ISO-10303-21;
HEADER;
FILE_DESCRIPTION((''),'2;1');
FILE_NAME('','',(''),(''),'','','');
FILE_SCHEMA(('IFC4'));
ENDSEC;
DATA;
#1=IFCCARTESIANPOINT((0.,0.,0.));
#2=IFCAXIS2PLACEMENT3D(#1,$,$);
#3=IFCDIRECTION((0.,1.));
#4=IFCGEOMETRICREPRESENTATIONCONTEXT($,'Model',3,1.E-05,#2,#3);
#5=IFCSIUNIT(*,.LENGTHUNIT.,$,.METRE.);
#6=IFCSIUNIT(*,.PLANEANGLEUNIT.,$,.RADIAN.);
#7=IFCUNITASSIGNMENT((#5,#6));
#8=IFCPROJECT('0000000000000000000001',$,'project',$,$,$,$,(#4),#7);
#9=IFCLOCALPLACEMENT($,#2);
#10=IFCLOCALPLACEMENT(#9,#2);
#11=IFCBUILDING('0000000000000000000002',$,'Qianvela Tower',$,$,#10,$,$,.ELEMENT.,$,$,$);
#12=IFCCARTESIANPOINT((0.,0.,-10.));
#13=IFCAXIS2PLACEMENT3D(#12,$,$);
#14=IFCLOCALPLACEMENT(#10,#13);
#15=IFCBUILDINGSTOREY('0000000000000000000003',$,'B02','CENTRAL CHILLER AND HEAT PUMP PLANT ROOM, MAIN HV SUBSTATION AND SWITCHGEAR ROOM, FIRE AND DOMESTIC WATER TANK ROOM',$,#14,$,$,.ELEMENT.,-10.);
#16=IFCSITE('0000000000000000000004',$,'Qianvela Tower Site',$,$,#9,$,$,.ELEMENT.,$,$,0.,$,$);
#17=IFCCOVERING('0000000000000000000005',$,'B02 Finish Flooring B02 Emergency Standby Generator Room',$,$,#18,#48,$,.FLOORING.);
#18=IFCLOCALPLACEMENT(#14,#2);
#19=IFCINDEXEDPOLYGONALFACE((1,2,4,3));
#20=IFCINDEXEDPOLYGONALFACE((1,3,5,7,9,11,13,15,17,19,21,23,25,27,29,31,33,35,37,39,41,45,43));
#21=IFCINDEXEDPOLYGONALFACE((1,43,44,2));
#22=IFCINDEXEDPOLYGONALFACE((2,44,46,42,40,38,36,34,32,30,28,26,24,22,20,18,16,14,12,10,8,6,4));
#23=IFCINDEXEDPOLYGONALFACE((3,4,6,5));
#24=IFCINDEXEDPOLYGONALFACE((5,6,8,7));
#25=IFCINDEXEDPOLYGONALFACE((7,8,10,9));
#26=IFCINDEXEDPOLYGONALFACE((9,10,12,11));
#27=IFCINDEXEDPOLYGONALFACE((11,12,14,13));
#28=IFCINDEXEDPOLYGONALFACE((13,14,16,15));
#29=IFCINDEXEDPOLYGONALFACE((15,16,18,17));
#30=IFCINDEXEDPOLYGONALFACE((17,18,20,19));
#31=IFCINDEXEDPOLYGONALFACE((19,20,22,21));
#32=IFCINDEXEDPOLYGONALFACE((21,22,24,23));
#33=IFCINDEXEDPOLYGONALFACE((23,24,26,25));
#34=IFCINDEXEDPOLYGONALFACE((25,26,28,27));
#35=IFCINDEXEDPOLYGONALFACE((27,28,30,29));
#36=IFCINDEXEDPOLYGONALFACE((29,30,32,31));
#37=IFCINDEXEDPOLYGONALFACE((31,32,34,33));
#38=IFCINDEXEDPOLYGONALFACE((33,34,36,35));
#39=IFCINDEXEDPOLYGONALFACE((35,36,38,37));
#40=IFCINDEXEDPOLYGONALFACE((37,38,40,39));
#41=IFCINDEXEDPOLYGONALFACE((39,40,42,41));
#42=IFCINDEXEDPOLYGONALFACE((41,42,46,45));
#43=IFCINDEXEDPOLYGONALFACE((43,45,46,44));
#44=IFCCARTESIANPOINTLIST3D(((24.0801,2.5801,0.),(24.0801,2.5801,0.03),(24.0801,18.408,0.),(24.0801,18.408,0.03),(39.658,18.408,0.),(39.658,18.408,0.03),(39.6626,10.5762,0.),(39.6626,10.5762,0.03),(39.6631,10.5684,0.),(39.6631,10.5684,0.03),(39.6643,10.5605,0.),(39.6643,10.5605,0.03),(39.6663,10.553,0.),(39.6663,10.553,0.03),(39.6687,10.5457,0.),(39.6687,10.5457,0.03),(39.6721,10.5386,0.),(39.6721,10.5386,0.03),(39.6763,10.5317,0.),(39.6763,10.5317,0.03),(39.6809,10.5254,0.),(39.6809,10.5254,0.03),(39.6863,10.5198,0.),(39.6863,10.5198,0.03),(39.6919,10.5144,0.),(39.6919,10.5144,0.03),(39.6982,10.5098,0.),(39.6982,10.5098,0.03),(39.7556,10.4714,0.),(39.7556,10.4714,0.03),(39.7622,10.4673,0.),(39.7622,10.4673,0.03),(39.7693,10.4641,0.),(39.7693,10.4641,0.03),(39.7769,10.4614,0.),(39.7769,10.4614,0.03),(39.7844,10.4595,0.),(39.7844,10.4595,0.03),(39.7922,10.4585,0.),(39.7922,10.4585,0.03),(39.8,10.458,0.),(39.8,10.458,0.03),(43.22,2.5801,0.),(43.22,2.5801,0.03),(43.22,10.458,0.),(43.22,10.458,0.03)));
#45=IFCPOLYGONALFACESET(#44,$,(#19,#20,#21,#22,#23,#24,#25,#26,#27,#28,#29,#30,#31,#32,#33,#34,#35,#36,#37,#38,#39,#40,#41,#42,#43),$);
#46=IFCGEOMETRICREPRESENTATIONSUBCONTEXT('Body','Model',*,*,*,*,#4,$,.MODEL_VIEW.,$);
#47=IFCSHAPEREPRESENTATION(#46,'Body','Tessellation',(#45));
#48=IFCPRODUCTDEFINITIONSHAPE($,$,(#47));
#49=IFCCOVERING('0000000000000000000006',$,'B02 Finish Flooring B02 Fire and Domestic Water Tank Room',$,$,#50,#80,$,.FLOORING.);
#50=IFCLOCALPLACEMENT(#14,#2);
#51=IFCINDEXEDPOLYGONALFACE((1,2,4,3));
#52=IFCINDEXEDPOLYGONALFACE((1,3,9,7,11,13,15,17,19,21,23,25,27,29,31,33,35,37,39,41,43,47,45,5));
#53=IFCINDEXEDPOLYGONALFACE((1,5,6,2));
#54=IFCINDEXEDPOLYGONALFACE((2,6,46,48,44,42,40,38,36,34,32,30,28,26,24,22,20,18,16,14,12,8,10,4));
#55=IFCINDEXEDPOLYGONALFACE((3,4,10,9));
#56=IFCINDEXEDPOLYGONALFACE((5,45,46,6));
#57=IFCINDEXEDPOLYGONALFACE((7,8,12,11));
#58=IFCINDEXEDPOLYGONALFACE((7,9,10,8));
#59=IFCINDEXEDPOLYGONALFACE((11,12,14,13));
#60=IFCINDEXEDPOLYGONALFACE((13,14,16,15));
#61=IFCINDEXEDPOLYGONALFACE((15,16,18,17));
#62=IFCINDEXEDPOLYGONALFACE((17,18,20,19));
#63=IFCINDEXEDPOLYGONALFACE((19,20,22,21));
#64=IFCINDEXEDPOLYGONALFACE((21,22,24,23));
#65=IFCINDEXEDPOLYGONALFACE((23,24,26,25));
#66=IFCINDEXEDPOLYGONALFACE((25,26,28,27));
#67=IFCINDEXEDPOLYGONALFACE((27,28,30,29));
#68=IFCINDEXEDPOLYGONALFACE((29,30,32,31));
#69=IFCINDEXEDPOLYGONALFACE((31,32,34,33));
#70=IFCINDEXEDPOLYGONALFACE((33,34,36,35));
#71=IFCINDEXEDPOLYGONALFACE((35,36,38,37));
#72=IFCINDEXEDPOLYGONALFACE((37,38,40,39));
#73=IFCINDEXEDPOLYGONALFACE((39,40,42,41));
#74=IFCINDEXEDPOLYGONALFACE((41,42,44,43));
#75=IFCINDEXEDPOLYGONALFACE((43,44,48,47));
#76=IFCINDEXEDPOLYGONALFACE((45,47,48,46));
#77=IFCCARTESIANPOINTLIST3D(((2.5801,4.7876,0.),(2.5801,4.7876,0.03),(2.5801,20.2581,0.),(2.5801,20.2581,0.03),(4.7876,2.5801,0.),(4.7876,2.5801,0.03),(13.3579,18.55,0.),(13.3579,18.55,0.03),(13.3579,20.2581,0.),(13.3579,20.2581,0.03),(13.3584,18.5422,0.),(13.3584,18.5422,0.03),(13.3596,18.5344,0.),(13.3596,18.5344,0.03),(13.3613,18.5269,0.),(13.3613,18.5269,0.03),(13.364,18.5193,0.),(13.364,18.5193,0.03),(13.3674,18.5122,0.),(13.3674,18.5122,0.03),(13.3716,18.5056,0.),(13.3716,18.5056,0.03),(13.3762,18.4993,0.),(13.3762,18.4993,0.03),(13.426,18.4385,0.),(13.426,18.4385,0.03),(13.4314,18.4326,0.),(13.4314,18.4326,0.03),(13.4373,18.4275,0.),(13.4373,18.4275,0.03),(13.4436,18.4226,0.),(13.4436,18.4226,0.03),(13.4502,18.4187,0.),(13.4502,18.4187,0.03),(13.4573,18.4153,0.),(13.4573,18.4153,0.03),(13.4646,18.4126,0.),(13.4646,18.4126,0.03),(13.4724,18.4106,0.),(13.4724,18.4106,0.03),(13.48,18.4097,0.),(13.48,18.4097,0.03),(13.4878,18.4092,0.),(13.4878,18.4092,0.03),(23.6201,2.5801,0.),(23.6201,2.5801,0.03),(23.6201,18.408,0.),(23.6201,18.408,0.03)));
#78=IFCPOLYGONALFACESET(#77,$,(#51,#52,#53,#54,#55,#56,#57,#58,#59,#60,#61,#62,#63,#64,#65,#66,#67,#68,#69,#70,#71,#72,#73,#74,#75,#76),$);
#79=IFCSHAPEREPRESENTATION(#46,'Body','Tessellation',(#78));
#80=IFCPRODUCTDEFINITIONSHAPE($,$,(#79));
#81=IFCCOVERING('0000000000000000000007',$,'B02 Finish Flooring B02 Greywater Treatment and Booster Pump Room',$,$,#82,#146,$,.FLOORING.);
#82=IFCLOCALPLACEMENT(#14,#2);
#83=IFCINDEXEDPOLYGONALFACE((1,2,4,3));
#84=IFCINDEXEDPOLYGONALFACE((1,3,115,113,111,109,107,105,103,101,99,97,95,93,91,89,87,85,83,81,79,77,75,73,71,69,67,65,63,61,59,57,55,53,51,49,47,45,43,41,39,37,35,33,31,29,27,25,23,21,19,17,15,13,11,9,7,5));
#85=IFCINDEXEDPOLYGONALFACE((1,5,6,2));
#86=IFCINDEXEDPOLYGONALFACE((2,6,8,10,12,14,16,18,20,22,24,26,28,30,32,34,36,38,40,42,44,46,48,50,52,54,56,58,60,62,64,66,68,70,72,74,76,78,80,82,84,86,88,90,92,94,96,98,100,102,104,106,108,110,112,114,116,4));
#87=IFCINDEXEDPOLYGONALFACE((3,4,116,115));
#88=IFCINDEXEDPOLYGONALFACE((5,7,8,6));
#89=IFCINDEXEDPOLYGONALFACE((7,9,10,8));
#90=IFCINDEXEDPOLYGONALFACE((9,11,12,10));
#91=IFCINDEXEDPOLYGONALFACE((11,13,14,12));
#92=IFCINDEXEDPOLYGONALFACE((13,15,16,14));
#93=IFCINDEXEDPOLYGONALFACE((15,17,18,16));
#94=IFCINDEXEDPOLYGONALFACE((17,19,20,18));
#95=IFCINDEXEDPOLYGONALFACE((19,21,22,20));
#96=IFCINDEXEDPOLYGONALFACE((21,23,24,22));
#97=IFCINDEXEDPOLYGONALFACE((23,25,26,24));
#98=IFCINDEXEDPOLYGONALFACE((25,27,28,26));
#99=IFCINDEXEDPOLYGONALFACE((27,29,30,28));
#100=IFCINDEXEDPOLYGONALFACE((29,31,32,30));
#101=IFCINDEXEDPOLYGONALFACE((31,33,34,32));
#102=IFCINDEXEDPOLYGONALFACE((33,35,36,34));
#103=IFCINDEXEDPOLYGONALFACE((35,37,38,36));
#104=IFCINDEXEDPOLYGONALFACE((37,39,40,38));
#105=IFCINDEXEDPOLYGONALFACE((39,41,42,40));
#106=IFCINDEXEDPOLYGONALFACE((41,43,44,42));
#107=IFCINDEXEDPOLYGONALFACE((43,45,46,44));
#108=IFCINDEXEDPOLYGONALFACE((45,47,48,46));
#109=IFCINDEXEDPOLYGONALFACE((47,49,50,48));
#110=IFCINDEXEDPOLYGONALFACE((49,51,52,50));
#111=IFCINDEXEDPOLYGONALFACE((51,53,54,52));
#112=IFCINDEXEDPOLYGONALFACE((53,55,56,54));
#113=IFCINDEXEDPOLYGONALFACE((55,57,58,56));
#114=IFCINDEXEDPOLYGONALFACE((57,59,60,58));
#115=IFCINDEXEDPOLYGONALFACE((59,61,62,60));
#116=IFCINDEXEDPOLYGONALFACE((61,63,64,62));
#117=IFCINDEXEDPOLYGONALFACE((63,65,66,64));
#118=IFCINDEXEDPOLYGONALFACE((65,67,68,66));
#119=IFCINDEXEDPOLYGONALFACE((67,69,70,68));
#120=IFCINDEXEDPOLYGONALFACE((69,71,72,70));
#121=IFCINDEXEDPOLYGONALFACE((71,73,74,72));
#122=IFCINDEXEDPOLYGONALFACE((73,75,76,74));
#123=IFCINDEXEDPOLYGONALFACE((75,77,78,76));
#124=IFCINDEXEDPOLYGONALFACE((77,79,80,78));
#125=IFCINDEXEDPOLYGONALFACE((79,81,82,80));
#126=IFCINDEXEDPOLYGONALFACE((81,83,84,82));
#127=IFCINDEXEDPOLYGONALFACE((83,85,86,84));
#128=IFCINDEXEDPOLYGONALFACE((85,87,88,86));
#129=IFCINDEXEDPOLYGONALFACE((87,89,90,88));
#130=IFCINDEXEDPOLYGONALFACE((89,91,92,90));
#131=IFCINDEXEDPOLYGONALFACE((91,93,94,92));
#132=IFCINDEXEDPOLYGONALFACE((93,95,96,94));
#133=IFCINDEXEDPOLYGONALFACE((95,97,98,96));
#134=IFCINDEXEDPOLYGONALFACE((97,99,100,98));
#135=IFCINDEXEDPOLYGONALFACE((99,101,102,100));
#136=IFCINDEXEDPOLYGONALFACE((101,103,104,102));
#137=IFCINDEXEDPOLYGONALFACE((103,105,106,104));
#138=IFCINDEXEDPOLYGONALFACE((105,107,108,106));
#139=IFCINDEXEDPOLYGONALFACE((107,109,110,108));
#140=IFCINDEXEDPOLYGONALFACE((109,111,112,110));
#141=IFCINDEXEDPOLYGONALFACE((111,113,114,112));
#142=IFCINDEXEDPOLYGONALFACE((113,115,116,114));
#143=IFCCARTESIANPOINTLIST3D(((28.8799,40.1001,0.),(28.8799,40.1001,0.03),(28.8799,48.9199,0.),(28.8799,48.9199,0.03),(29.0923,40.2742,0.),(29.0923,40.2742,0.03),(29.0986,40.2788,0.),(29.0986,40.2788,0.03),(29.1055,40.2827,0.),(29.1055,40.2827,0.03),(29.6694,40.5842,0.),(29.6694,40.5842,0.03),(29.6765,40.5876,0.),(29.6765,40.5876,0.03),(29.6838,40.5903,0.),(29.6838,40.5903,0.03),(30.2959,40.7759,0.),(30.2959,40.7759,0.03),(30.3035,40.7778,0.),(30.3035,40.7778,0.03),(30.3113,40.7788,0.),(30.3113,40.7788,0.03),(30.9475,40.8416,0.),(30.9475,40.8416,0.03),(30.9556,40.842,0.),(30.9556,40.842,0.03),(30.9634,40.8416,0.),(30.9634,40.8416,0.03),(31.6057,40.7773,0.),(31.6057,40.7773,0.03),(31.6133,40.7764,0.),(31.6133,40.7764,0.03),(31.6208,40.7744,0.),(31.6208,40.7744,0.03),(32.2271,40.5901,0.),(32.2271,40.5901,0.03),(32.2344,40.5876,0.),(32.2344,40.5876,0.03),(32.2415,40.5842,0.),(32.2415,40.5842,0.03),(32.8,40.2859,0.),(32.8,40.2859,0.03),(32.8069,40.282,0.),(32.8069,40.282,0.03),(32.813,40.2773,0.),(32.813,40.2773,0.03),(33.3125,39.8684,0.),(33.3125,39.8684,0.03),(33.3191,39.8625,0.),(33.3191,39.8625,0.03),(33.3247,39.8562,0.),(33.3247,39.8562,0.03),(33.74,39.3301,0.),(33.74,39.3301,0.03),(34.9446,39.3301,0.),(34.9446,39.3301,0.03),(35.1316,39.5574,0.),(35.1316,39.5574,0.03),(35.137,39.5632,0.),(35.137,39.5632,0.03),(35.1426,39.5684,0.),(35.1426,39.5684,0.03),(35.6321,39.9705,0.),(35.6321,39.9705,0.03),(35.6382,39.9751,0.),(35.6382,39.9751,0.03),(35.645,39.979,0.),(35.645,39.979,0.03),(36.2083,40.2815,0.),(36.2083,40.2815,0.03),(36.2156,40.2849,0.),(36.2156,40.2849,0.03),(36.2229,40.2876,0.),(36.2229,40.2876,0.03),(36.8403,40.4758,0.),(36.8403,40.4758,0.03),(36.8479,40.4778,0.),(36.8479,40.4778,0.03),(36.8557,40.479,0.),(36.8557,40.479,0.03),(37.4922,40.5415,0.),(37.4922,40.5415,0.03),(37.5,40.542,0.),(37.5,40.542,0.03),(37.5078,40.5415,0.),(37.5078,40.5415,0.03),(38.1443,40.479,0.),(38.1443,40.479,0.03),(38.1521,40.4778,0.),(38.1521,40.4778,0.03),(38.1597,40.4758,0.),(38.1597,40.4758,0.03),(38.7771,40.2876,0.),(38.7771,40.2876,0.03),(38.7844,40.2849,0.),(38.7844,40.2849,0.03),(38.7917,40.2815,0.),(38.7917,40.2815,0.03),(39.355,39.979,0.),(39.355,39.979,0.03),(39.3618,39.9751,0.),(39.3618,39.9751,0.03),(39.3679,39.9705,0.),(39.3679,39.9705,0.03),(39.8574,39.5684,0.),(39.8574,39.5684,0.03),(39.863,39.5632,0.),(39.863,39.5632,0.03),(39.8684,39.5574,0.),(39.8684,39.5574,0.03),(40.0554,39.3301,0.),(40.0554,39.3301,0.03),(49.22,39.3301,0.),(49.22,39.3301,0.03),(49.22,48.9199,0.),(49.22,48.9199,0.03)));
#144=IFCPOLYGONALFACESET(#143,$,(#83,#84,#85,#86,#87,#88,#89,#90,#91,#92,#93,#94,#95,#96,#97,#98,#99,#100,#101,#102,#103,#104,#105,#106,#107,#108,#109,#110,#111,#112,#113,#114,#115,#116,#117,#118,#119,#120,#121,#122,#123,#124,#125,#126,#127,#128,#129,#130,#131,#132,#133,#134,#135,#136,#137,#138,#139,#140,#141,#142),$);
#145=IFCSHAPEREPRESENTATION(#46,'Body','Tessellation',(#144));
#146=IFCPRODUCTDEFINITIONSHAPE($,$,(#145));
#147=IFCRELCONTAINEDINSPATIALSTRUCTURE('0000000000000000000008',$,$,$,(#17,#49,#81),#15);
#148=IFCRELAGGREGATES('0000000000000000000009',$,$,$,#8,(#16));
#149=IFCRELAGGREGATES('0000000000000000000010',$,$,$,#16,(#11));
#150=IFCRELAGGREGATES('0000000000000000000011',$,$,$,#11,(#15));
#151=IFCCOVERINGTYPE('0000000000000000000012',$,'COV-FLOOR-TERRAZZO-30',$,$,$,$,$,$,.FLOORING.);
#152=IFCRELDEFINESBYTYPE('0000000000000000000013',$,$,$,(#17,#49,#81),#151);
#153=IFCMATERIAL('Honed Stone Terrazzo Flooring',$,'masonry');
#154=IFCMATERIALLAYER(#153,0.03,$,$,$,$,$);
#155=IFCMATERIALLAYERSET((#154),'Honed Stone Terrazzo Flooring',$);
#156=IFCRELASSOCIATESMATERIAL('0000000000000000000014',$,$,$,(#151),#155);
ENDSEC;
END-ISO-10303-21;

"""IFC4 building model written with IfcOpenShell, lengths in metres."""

from ifc_helpers import new_model, si_unit, direction, frame, origin, place, context, subcontext, project, spatial, polyline, outline, extrude, material, layer, layer_set, type_object, element, save


model = new_model("IFC4")

# Units and contexts
model_context = context("Model", 3, precision=1e-05, world=origin(), true_north=direction((0.0, 1.0)))
body_context = subcontext(model_context, "Body", "Model", "MODEL_VIEW")
ifc_project = project(units=[si_unit("LENGTHUNIT", "METRE"), si_unit("PLANEANGLEUNIT", "RADIAN")], contexts=[model_context])

# Site, building, storey
site_placement = place(None, origin())
site = spatial("IfcSite", under=ifc_project, at=site_placement, Name="Qianvela Tower Site", CompositionType="ELEMENT", RefElevation=0.0)
building_placement = place(site_placement, origin())
building = spatial("IfcBuilding", under=site, at=building_placement, Name="Qianvela Tower", CompositionType="ELEMENT")
storey_placement = place(building_placement, frame((0.0, 0.0, -10.0)))
storey = spatial("IfcBuildingStorey", under=building, at=storey_placement, Name="B02", Description="CENTRAL CHILLER AND HEAT PUMP PLANT ROOM, MAIN HV SUBSTATION AND SWITCHGEAR ROOM, FIRE AND DOMESTIC WATER TANK ROOM", CompositionType="ELEMENT", Elevation=-10.0)

# Coverings
ifc_material_1 = material(Name="Honed Stone Terrazzo Flooring", Category="masonry")
ifc_layer_1 = layer(ifc_material_1, 0.03)
ifc_layer_set_1 = layer_set([ifc_layer_1], Name="Honed Stone Terrazzo Flooring")
covering_type_1 = type_object("IfcCoveringType", Name="COV-FLOOR-TERRAZZO-30", PredefinedType="FLOORING", material=ifc_layer_set_1)
covering_1_placement = place(storey_placement, origin())
element("IfcCovering", 1, at=covering_1_placement, inside=storey, type_object=covering_type_1, Name="B02 Finish Flooring B02 Emergency Standby Generator Room", PredefinedType="FLOORING", context=body_context, shape_type="SweptSolid", body=[
    extrude(outline(polyline([(43.22, 2.5801), (24.0801, 2.5801), (24.0801, 18.408), (39.658, 18.408), (39.6626, 10.5762), (39.6631, 10.5684), (39.6643, 10.5605), (39.6663, 10.553), (39.6687, 10.5457), (39.6721, 10.5386), (39.6763, 10.5317), (39.6809, 10.5254), (39.6863, 10.5198), (39.6919, 10.5144), (39.6982, 10.5098), (39.7556, 10.4714), (39.7622, 10.4673), (39.7693, 10.4641), (39.7769, 10.4614), (39.7844, 10.4595), (39.7922, 10.4585), (39.8, 10.458), (43.22, 10.458), (43.22, 2.5801)])), origin(), (0.0, 0.0, 1.0), 0.03),
])
covering_2_placement = place(storey_placement, origin())
element("IfcCovering", 2, at=covering_2_placement, inside=storey, type_object=covering_type_1, Name="B02 Finish Flooring B02 Fire and Domestic Water Tank Room", PredefinedType="FLOORING", context=body_context, shape_type="SweptSolid", body=[
    extrude(outline(polyline([(23.6201, 2.5801), (4.7876, 2.5801), (2.5801, 4.7876), (2.5801, 20.2581), (13.3579, 20.2581), (13.3579, 18.55), (13.3584, 18.5422), (13.3596, 18.5344), (13.3613, 18.5269), (13.364, 18.5193), (13.3674, 18.5122), (13.3716, 18.5056), (13.3762, 18.4993), (13.426, 18.4385), (13.4314, 18.4326), (13.4373, 18.4275), (13.4436, 18.4226), (13.4502, 18.4187), (13.4573, 18.4153), (13.4646, 18.4126), (13.4724, 18.4106), (13.48, 18.4097), (13.4878, 18.4092), (23.6201, 18.408), (23.6201, 2.5801)])), origin(), (0.0, 0.0, 1.0), 0.03),
])
covering_3_placement = place(storey_placement, origin())
element("IfcCovering", 3, at=covering_3_placement, inside=storey, type_object=covering_type_1, Name="B02 Finish Flooring B02 Greywater Treatment and Booster Pump Room", PredefinedType="FLOORING", context=body_context, shape_type="SweptSolid", body=[
    extrude(outline(polyline([(49.22, 39.3301), (40.0554, 39.3301), (39.8684, 39.5574), (39.863, 39.5632), (39.8574, 39.5684), (39.3679, 39.9705), (39.3618, 39.9751), (39.355, 39.979), (38.7917, 40.2815), (38.7844, 40.2849), (38.7771, 40.2876), (38.1597, 40.4758), (38.1521, 40.4778), (38.1443, 40.479), (37.5078, 40.5415), (37.5, 40.542), (37.4922, 40.5415), (36.8557, 40.479), (36.8479, 40.4778), (36.8403, 40.4758), (36.2229, 40.2876), (36.2156, 40.2849), (36.2083, 40.2815), (35.645, 39.979), (35.6382, 39.9751), (35.6321, 39.9705), (35.1426, 39.5684), (35.137, 39.5632), (35.1316, 39.5574), (34.9446, 39.3301), (33.74, 39.3301), (33.3247, 39.8562), (33.3191, 39.8625), (33.3125, 39.8684), (32.813, 40.2773), (32.8069, 40.282), (32.8, 40.2859), (32.2415, 40.5842), (32.2344, 40.5876), (32.2271, 40.5901), (31.6208, 40.7744), (31.6133, 40.7764), (31.6057, 40.7773), (30.9634, 40.8416), (30.9556, 40.842), (30.9475, 40.8416), (30.3113, 40.7788), (30.3035, 40.7778), (30.2959, 40.7759), (29.6838, 40.5903), (29.6765, 40.5876), (29.6694, 40.5842), (29.1055, 40.2827), (29.0986, 40.2788), (29.0923, 40.2742), (28.8799, 40.1001), (28.8799, 48.9199), (49.22, 48.9199), (49.22, 39.3301)])), origin(), (0.0, 0.0, 1.0), 0.03),
])

save(model, "model.ifc")
